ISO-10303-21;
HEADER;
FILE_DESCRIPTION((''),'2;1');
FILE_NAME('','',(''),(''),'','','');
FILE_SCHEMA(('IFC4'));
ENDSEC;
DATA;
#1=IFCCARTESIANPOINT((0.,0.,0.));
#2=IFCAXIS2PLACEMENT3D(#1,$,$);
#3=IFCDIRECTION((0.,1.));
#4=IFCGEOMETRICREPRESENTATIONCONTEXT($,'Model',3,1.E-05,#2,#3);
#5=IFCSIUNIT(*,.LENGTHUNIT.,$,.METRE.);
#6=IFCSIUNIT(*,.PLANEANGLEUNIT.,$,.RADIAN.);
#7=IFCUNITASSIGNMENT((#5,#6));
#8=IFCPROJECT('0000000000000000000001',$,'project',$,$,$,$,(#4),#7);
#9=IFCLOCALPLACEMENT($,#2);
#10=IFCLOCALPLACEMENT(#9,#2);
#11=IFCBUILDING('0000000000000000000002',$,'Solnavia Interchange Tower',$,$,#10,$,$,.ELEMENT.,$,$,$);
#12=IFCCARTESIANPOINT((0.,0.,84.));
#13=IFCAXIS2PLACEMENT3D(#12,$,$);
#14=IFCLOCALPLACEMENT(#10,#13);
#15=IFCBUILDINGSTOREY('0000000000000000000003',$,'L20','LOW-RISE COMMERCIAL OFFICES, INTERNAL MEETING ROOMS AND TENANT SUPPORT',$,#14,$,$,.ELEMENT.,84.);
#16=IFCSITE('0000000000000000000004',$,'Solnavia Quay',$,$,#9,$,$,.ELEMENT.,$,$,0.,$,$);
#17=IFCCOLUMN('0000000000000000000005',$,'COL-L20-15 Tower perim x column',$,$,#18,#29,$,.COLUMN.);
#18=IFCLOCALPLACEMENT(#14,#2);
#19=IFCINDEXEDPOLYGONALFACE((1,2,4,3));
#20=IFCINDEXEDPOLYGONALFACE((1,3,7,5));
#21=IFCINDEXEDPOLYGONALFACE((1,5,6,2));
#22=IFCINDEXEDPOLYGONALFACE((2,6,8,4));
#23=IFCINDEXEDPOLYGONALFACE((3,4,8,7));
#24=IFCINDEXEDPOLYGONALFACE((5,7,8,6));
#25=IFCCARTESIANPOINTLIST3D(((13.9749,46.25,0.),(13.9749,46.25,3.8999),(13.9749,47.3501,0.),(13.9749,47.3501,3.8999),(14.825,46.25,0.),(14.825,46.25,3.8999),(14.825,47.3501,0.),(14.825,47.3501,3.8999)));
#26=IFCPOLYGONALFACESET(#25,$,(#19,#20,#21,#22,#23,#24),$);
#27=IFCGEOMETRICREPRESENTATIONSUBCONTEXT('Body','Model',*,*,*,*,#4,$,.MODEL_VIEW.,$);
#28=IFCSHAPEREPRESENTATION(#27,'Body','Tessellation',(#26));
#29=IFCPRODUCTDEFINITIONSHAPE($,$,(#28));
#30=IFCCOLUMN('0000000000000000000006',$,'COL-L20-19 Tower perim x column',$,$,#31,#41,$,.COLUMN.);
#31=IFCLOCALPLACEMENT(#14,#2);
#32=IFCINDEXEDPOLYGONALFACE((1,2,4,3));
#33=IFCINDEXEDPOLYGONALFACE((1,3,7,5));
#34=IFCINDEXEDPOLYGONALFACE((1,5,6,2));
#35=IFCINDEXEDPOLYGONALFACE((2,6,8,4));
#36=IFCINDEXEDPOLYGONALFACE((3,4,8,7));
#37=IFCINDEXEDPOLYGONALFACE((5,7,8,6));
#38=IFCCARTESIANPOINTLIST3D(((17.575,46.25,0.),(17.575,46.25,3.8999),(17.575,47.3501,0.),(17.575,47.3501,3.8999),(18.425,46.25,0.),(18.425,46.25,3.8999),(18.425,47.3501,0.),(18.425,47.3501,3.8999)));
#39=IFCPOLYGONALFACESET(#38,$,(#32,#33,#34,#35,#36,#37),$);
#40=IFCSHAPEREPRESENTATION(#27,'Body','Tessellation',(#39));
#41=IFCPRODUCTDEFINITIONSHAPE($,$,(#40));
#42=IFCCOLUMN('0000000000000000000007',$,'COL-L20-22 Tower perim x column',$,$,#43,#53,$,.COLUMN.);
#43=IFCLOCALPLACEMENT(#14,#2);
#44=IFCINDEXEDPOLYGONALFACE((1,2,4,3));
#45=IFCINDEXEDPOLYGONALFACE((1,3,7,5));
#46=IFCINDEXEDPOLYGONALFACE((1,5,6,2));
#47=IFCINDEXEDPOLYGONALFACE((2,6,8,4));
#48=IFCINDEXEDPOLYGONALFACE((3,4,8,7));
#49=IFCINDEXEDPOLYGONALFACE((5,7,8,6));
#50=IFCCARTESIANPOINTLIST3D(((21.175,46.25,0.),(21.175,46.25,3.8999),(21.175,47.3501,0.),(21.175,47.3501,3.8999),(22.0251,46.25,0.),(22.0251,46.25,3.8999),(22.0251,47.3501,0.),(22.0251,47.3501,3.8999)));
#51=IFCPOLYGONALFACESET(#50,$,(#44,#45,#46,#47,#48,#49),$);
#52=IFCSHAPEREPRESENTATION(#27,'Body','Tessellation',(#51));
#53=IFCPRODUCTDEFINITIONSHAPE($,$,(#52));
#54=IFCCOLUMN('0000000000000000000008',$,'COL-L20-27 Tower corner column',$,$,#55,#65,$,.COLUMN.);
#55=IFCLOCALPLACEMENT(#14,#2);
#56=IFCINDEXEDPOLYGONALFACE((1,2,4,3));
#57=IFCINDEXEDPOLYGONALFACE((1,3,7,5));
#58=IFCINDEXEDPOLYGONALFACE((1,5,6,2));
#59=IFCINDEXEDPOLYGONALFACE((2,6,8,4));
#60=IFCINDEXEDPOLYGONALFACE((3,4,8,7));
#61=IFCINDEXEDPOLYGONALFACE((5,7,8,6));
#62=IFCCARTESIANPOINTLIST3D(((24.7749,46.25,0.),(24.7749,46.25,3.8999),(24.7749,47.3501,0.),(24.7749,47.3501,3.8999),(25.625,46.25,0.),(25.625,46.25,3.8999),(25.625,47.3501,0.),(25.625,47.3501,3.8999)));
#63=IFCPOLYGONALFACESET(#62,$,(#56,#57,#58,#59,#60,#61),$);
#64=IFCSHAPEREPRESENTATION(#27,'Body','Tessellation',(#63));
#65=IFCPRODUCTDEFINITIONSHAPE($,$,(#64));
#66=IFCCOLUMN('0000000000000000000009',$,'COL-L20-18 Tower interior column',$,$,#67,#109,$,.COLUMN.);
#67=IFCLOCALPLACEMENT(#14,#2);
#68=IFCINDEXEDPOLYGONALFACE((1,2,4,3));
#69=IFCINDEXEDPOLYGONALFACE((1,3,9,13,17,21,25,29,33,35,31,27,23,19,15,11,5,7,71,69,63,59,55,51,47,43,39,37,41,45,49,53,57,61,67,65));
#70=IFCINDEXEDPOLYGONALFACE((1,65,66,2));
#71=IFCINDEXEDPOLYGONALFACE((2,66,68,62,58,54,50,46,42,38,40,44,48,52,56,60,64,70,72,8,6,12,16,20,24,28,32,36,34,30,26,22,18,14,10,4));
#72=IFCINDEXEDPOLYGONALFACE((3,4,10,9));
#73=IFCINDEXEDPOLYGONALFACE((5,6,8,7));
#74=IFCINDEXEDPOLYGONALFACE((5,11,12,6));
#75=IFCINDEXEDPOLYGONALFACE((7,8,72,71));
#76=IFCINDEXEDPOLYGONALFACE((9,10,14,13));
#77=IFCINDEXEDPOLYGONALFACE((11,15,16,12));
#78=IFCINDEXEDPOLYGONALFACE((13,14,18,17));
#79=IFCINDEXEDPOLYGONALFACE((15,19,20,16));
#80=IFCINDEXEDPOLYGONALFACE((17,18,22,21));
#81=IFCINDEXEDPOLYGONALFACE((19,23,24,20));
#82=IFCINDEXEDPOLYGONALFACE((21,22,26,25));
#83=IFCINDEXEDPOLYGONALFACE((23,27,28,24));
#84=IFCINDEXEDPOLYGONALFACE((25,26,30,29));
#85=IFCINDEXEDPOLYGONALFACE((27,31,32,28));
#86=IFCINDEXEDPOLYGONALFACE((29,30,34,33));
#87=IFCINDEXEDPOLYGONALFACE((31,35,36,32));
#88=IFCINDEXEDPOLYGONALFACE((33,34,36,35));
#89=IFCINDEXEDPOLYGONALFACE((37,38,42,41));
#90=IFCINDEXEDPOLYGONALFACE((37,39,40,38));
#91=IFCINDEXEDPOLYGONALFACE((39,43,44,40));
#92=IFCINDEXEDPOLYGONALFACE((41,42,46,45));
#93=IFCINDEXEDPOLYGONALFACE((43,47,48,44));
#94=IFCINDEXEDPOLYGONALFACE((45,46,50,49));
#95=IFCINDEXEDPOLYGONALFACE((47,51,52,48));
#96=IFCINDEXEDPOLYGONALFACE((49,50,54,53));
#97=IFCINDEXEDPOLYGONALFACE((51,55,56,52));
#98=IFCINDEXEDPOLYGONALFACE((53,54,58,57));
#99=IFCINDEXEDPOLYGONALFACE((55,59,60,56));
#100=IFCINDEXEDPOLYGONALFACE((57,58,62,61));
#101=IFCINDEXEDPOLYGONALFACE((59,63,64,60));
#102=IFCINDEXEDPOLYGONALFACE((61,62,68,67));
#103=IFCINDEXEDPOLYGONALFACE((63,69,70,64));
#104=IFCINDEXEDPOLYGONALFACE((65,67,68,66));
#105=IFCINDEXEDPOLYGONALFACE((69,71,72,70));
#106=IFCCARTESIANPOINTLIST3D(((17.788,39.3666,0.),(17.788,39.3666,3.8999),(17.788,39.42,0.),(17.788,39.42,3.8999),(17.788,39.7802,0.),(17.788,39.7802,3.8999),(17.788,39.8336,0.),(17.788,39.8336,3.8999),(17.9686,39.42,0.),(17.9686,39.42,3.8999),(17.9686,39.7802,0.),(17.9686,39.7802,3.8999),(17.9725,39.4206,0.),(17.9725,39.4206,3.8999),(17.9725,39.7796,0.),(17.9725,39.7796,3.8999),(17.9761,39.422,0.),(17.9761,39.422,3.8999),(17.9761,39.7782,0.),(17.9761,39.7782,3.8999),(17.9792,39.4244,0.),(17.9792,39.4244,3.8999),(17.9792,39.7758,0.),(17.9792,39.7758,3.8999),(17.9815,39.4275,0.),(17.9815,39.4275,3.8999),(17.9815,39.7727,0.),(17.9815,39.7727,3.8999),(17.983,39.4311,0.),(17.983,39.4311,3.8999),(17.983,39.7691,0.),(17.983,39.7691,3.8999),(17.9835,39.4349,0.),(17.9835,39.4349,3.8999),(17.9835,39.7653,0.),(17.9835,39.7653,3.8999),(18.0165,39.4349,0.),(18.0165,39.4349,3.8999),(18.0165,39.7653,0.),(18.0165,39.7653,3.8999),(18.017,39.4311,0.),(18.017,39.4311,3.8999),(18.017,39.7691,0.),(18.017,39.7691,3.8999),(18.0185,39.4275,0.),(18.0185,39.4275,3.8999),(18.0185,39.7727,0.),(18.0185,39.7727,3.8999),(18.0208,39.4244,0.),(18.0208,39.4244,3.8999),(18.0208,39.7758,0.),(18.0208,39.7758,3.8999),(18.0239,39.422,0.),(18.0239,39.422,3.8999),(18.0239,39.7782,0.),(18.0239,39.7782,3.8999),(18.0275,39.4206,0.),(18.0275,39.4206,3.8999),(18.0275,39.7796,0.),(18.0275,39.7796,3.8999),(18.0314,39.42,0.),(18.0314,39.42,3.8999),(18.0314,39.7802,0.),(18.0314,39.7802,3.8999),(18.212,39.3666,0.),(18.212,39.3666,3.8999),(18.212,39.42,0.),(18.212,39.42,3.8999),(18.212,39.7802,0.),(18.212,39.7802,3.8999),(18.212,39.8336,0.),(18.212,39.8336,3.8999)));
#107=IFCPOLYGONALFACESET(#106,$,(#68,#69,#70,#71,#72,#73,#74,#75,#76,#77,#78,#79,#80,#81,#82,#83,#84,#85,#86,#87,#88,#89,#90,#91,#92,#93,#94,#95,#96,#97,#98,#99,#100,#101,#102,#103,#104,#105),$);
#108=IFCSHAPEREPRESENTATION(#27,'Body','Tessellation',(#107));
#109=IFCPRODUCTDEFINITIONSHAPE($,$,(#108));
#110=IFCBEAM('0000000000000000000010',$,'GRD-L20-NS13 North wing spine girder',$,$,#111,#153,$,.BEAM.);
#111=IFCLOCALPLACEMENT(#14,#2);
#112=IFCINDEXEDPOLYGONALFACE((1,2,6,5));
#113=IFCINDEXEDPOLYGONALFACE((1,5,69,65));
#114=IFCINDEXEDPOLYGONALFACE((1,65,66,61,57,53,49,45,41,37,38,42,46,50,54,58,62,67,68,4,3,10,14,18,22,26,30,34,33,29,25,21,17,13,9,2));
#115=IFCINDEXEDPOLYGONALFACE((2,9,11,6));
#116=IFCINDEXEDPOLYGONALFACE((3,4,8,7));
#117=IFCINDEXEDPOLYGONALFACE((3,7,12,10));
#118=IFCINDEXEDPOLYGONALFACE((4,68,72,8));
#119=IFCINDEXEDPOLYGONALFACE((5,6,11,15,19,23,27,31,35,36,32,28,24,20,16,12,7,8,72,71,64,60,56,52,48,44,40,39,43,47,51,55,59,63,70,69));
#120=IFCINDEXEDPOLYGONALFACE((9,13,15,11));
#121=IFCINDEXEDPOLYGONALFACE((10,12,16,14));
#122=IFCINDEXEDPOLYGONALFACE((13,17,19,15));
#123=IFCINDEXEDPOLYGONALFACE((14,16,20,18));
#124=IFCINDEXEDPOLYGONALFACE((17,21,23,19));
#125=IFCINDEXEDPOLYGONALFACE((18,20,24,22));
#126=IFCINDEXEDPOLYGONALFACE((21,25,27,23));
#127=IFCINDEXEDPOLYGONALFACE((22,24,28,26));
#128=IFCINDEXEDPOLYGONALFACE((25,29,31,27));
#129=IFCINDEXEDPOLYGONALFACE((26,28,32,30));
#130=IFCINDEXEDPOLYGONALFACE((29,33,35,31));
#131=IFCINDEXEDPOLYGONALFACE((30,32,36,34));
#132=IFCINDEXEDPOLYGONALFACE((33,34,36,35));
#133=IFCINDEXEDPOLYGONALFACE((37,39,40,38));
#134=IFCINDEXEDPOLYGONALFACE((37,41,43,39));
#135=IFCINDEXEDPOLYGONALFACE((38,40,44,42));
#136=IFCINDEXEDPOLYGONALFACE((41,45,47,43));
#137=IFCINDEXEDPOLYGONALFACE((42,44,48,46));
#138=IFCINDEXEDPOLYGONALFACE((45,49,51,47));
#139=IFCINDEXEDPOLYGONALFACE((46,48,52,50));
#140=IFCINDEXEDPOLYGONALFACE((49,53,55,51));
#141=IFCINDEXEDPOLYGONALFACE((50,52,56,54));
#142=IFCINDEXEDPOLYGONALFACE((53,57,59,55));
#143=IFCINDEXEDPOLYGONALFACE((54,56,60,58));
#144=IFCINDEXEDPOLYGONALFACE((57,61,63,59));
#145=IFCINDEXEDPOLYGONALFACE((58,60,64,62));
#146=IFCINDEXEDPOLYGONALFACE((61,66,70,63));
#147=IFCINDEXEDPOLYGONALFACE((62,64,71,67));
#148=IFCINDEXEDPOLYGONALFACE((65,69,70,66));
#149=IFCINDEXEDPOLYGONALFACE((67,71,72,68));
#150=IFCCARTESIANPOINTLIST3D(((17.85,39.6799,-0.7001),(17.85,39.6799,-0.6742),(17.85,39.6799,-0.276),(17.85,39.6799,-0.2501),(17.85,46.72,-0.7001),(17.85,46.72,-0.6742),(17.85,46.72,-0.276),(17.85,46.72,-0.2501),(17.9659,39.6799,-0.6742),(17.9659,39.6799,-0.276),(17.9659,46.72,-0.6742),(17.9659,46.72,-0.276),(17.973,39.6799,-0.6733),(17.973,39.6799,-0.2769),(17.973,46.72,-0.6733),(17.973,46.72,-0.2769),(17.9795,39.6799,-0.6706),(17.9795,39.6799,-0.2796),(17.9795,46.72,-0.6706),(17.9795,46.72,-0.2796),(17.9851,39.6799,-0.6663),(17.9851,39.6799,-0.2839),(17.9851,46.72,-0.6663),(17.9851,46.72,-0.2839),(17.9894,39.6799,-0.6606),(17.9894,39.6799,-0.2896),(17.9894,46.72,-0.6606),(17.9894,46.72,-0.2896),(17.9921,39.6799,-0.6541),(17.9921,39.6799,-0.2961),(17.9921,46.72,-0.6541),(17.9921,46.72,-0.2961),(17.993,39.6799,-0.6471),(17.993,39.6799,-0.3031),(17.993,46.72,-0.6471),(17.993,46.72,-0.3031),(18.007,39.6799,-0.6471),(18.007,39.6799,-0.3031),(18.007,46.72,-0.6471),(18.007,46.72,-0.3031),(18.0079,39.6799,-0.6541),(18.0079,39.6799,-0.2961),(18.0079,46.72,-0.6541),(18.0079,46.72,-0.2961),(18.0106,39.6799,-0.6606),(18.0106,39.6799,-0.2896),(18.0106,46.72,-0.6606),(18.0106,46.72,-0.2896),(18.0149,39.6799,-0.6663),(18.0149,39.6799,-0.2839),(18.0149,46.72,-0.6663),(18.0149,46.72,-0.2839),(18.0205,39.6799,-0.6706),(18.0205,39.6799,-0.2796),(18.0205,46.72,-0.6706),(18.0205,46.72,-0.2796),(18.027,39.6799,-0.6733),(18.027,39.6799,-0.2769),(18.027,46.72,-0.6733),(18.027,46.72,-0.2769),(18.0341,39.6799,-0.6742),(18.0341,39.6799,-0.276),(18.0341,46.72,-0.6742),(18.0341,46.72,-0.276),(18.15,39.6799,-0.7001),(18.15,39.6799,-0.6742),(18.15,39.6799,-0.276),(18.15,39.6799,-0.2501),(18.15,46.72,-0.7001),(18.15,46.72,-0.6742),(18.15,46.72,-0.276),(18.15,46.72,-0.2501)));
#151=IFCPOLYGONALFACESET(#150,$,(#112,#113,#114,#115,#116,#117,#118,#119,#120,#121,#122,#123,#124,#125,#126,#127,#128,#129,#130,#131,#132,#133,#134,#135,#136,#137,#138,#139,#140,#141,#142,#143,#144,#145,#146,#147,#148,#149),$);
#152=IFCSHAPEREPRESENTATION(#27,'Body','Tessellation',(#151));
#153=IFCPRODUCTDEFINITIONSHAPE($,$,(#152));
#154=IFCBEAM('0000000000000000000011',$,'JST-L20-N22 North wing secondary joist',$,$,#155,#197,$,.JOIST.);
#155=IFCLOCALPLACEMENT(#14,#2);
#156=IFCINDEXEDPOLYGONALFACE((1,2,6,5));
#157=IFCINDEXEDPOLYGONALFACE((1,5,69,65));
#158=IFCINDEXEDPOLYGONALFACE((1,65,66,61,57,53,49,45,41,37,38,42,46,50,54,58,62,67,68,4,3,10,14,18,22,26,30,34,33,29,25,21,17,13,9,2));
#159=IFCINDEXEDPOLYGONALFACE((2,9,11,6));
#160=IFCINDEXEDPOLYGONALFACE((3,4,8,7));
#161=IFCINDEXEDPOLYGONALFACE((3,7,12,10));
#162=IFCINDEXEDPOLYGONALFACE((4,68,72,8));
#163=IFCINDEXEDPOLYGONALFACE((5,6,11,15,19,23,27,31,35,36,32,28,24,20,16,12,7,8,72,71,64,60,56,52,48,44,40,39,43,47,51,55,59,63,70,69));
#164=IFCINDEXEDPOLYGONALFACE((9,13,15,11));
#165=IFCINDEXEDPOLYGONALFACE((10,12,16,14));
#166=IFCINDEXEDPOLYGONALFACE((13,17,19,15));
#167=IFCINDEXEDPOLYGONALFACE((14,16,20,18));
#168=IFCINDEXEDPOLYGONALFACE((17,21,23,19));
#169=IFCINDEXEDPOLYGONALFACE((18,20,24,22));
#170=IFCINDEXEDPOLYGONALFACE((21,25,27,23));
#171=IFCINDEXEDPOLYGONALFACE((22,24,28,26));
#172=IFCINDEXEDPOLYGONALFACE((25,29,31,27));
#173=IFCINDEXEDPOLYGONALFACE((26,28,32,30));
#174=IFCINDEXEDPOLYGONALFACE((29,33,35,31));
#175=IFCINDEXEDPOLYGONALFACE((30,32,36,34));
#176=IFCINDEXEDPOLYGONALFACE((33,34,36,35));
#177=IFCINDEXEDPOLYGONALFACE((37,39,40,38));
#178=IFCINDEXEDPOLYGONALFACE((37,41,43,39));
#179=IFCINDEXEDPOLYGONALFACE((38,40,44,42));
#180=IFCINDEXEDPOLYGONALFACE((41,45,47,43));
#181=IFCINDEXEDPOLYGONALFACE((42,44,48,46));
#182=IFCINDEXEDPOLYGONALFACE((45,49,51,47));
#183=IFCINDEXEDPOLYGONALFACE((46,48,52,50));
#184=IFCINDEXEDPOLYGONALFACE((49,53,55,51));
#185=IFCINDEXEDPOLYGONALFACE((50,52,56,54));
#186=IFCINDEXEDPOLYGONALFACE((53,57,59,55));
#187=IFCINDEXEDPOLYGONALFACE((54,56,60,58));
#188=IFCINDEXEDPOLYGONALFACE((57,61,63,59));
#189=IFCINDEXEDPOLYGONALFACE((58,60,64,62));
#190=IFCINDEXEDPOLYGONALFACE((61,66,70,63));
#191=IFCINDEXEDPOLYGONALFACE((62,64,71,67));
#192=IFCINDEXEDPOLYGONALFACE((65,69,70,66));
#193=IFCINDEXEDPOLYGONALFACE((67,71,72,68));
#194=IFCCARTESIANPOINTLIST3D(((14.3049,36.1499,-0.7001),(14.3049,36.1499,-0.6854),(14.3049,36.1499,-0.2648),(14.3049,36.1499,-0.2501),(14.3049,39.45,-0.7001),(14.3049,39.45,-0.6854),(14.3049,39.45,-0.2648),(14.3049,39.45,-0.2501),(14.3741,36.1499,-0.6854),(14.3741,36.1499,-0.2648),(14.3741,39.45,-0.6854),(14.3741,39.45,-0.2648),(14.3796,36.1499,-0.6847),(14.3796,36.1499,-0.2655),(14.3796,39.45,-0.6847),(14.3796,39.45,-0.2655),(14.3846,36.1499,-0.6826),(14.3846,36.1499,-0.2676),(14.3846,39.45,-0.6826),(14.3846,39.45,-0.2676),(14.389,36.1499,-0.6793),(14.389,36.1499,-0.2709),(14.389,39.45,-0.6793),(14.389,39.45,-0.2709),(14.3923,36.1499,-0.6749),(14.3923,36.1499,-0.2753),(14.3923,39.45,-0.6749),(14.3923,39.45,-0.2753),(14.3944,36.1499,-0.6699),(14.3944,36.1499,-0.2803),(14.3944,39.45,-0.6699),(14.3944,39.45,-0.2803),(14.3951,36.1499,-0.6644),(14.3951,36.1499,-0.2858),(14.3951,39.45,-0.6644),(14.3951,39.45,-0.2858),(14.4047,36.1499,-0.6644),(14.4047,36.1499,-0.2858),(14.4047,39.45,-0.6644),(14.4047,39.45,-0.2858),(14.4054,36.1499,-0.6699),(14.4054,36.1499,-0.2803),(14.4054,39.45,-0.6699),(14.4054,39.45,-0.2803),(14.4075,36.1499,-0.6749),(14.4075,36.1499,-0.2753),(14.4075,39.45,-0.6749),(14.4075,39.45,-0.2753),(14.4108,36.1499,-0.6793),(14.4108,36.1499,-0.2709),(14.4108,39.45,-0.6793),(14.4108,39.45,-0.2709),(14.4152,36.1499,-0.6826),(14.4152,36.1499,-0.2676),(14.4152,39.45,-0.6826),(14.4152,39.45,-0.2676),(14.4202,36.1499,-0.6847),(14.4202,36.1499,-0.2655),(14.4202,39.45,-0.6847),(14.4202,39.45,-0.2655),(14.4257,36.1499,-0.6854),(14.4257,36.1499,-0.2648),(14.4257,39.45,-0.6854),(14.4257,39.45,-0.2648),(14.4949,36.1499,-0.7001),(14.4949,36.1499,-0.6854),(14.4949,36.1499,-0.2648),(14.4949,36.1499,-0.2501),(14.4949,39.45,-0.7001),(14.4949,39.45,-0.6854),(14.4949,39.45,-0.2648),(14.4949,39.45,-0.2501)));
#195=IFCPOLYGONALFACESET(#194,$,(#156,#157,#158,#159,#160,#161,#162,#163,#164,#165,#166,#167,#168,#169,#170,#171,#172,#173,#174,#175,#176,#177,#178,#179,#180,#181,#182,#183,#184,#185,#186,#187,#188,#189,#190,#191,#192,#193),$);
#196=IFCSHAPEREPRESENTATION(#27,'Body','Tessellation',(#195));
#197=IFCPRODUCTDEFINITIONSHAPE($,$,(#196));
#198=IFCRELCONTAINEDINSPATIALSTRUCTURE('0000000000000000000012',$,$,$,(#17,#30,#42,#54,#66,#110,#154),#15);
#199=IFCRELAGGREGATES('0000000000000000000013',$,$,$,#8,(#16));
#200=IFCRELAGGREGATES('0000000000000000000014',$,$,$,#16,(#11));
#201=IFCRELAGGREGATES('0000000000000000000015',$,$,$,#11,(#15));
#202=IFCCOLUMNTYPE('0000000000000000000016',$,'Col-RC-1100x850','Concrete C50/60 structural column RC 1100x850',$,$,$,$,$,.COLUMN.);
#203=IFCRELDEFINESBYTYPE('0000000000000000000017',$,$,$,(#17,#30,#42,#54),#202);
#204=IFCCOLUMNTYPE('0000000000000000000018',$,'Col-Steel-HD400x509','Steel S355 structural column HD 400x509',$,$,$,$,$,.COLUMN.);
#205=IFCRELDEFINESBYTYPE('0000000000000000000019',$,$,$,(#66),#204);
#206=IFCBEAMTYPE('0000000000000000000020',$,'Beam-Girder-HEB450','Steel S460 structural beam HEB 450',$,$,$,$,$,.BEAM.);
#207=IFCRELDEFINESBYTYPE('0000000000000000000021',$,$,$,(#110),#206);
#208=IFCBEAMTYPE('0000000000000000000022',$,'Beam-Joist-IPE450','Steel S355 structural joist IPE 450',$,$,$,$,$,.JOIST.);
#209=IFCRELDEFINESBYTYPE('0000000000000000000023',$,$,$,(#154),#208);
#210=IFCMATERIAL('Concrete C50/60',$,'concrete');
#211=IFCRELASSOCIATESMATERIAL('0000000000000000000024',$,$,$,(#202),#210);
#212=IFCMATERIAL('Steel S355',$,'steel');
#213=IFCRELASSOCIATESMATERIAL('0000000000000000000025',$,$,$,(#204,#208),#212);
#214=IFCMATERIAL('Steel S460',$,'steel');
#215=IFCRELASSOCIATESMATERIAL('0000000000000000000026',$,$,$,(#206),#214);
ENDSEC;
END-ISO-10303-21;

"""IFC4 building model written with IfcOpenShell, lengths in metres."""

from ifc_helpers import new_model, si_unit, direction, frame, origin, origin_2d, place, context, subcontext, project, spatial, rectangle, i_section, extrude, material, material_profile, profile_set, type_object, element, save


model = new_model("IFC4")

# Units and contexts
model_context = context("Model", 3, precision=1e-05, world=origin(), true_north=direction((0.0, 1.0)))
body_context = subcontext(model_context, "Body", "Model", "MODEL_VIEW")
ifc_project = project(units=[si_unit("LENGTHUNIT", "METRE"), si_unit("PLANEANGLEUNIT", "RADIAN")], contexts=[model_context])

# Site, building, storey
site_placement = place(None, origin())
site = spatial("IfcSite", under=ifc_project, at=site_placement, Name="Solnavia Quay", CompositionType="ELEMENT", RefElevation=0.0)
building_placement = place(site_placement, origin())
building = spatial("IfcBuilding", under=site, at=building_placement, Name="Solnavia Interchange Tower", CompositionType="ELEMENT")
storey_placement = place(building_placement, frame((0.0, 0.0, 84.0)))
storey = spatial("IfcBuildingStorey", under=building, at=storey_placement, Name="L20", Description="LOW-RISE COMMERCIAL OFFICES, INTERNAL MEETING ROOMS AND TENANT SUPPORT", CompositionType="ELEMENT", Elevation=84.0)

# Columns
ifc_material_1 = material(Name="Concrete C50/60", Category="concrete")
ifc_material_profile_1 = material_profile(ifc_material_1, rectangle(XDim=0.8501, YDim=1.1001, at=origin_2d()), Name="RC 1100x850")
ifc_profile_set_1 = profile_set([ifc_material_profile_1], Name="Concrete C50/60")
column_type_1 = type_object("IfcColumnType", Name="Col-RC-1100x850", Description="Concrete C50/60 structural column RC 1100x850", PredefinedType="COLUMN", material=ifc_profile_set_1)
for number, where, z_axis, x_axis, name in (
    (1, (14.3999, 46.8, 0.0), (0.0, 0.0, 1.0), (1.0, 0.0, 0.0), "COL-L20-15 Tower perim x column"),
    (2, (18.0, 46.8, 0.0), (0.0, 0.0, 1.0), (1.0, 0.0, 0.0), "COL-L20-19 Tower perim x column"),
    (3, (21.6001, 46.8, 0.0), (0.0, 0.0, 1.0), (1.0, 0.0, 0.0), "COL-L20-22 Tower perim x column"),
    (4, (25.2, 46.8, 0.0), (0.0, 0.0, 1.0), (1.0, 0.0, 0.0), "COL-L20-27 Tower corner column"),
):
    element("IfcColumn", number, at=place(storey_placement, frame(where, z_axis=z_axis, x_axis=x_axis)), inside=storey, type_object=column_type_1, Name=name, PredefinedType="COLUMN", context=body_context, shape_type="SweptSolid", body=[
        extrude(rectangle(XDim=0.8501, YDim=1.1001, at=origin_2d()), origin(), (0.0, 0.0, 1.0), 3.8999),
    ])
ifc_material_2 = material(Name="Steel S355", Category="steel")
ifc_material_profile_2 = material_profile(ifc_material_2, i_section(OverallWidth=0.4241, OverallDepth=0.467, WebThickness=0.033, FlangeThickness=0.0535, FilletRadius=0.0149, at=origin_2d()), Name="HD 400x509")
ifc_profile_set_2 = profile_set([ifc_material_profile_2], Name="Steel S355")
column_type_2 = type_object("IfcColumnType", Name="Col-Steel-HD400x509", Description="Steel S355 structural column HD 400x509", PredefinedType="COLUMN", material=ifc_profile_set_2)
column_placement = place(storey_placement, frame((18.0, 39.6001, 0.0), z_axis=(0.0, 0.0, 1.0), x_axis=(1.0, 0.0, 0.0)))
element("IfcColumn", 5, at=column_placement, inside=storey, type_object=column_type_2, Name="COL-L20-18 Tower interior column", PredefinedType="COLUMN", context=body_context, shape_type="SweptSolid", body=[
    extrude(i_section(OverallWidth=0.4241, OverallDepth=0.467, WebThickness=0.033, FlangeThickness=0.0535, FilletRadius=0.0149, at=origin_2d()), origin(), (0.0, 0.0, 1.0), 3.8999),
])

# Beams
ifc_material_3 = material(Name="Steel S460", Category="steel")
ifc_material_profile_3 = material_profile(ifc_material_3, i_section(OverallWidth=0.3, OverallDepth=0.45, WebThickness=0.0139, FlangeThickness=0.0259, FilletRadius=0.0271, at=origin_2d()), Name="HEB 450")
ifc_profile_set_3 = profile_set([ifc_material_profile_3], Name="Steel S460")
beam_type_1 = type_object("IfcBeamType", Name="Beam-Girder-HEB450", Description="Steel S460 structural beam HEB 450", PredefinedType="BEAM", material=ifc_profile_set_3)
beam_1_placement = place(storey_placement, frame((18.0, 39.6799, -0.4751), z_axis=(0.0, 1.0, 0.0), x_axis=(-1.0, 0.0, 0.0)))
element("IfcBeam", 6, at=beam_1_placement, inside=storey, type_object=beam_type_1, Name="GRD-L20-NS13 North wing spine girder", PredefinedType="BEAM", context=body_context, shape_type="SweptSolid", body=[
    extrude(i_section(OverallWidth=0.3, OverallDepth=0.45, WebThickness=0.0139, FlangeThickness=0.0259, FilletRadius=0.0271, at=origin_2d()), origin(), (0.0, 0.0, 1.0), 7.04),
])
ifc_material_profile_4 = material_profile(ifc_material_2, i_section(OverallWidth=0.1899, OverallDepth=0.45, WebThickness=0.0095, FlangeThickness=0.0146, FilletRadius=0.021, at=origin_2d()), Name="IPE 450")
ifc_profile_set_4 = profile_set([ifc_material_profile_4], Name="Steel S355")
beam_type_2 = type_object("IfcBeamType", Name="Beam-Joist-IPE450", Description="Steel S355 structural joist IPE 450", PredefinedType="JOIST", material=ifc_profile_set_4)
for number, where, z_axis, x_axis, name in (
    (7, (14.3999, 36.1499, -0.4751), (0.0, 1.0, 0.0), (-1.0, 0.0, 0.0), "JST-L20-N22 North wing secondary joist"),
):
    element("IfcBeam", number, at=place(storey_placement, frame(where, z_axis=z_axis, x_axis=x_axis)), inside=storey, type_object=beam_type_2, Name=name, PredefinedType="JOIST", context=body_context, shape_type="SweptSolid", body=[
        extrude(i_section(OverallWidth=0.1899, OverallDepth=0.45, WebThickness=0.0095, FlangeThickness=0.0146, FilletRadius=0.021, at=origin_2d()), origin(), (0.0, 0.0, 1.0), 3.3),
    ])

save(model, "model.ifc")
